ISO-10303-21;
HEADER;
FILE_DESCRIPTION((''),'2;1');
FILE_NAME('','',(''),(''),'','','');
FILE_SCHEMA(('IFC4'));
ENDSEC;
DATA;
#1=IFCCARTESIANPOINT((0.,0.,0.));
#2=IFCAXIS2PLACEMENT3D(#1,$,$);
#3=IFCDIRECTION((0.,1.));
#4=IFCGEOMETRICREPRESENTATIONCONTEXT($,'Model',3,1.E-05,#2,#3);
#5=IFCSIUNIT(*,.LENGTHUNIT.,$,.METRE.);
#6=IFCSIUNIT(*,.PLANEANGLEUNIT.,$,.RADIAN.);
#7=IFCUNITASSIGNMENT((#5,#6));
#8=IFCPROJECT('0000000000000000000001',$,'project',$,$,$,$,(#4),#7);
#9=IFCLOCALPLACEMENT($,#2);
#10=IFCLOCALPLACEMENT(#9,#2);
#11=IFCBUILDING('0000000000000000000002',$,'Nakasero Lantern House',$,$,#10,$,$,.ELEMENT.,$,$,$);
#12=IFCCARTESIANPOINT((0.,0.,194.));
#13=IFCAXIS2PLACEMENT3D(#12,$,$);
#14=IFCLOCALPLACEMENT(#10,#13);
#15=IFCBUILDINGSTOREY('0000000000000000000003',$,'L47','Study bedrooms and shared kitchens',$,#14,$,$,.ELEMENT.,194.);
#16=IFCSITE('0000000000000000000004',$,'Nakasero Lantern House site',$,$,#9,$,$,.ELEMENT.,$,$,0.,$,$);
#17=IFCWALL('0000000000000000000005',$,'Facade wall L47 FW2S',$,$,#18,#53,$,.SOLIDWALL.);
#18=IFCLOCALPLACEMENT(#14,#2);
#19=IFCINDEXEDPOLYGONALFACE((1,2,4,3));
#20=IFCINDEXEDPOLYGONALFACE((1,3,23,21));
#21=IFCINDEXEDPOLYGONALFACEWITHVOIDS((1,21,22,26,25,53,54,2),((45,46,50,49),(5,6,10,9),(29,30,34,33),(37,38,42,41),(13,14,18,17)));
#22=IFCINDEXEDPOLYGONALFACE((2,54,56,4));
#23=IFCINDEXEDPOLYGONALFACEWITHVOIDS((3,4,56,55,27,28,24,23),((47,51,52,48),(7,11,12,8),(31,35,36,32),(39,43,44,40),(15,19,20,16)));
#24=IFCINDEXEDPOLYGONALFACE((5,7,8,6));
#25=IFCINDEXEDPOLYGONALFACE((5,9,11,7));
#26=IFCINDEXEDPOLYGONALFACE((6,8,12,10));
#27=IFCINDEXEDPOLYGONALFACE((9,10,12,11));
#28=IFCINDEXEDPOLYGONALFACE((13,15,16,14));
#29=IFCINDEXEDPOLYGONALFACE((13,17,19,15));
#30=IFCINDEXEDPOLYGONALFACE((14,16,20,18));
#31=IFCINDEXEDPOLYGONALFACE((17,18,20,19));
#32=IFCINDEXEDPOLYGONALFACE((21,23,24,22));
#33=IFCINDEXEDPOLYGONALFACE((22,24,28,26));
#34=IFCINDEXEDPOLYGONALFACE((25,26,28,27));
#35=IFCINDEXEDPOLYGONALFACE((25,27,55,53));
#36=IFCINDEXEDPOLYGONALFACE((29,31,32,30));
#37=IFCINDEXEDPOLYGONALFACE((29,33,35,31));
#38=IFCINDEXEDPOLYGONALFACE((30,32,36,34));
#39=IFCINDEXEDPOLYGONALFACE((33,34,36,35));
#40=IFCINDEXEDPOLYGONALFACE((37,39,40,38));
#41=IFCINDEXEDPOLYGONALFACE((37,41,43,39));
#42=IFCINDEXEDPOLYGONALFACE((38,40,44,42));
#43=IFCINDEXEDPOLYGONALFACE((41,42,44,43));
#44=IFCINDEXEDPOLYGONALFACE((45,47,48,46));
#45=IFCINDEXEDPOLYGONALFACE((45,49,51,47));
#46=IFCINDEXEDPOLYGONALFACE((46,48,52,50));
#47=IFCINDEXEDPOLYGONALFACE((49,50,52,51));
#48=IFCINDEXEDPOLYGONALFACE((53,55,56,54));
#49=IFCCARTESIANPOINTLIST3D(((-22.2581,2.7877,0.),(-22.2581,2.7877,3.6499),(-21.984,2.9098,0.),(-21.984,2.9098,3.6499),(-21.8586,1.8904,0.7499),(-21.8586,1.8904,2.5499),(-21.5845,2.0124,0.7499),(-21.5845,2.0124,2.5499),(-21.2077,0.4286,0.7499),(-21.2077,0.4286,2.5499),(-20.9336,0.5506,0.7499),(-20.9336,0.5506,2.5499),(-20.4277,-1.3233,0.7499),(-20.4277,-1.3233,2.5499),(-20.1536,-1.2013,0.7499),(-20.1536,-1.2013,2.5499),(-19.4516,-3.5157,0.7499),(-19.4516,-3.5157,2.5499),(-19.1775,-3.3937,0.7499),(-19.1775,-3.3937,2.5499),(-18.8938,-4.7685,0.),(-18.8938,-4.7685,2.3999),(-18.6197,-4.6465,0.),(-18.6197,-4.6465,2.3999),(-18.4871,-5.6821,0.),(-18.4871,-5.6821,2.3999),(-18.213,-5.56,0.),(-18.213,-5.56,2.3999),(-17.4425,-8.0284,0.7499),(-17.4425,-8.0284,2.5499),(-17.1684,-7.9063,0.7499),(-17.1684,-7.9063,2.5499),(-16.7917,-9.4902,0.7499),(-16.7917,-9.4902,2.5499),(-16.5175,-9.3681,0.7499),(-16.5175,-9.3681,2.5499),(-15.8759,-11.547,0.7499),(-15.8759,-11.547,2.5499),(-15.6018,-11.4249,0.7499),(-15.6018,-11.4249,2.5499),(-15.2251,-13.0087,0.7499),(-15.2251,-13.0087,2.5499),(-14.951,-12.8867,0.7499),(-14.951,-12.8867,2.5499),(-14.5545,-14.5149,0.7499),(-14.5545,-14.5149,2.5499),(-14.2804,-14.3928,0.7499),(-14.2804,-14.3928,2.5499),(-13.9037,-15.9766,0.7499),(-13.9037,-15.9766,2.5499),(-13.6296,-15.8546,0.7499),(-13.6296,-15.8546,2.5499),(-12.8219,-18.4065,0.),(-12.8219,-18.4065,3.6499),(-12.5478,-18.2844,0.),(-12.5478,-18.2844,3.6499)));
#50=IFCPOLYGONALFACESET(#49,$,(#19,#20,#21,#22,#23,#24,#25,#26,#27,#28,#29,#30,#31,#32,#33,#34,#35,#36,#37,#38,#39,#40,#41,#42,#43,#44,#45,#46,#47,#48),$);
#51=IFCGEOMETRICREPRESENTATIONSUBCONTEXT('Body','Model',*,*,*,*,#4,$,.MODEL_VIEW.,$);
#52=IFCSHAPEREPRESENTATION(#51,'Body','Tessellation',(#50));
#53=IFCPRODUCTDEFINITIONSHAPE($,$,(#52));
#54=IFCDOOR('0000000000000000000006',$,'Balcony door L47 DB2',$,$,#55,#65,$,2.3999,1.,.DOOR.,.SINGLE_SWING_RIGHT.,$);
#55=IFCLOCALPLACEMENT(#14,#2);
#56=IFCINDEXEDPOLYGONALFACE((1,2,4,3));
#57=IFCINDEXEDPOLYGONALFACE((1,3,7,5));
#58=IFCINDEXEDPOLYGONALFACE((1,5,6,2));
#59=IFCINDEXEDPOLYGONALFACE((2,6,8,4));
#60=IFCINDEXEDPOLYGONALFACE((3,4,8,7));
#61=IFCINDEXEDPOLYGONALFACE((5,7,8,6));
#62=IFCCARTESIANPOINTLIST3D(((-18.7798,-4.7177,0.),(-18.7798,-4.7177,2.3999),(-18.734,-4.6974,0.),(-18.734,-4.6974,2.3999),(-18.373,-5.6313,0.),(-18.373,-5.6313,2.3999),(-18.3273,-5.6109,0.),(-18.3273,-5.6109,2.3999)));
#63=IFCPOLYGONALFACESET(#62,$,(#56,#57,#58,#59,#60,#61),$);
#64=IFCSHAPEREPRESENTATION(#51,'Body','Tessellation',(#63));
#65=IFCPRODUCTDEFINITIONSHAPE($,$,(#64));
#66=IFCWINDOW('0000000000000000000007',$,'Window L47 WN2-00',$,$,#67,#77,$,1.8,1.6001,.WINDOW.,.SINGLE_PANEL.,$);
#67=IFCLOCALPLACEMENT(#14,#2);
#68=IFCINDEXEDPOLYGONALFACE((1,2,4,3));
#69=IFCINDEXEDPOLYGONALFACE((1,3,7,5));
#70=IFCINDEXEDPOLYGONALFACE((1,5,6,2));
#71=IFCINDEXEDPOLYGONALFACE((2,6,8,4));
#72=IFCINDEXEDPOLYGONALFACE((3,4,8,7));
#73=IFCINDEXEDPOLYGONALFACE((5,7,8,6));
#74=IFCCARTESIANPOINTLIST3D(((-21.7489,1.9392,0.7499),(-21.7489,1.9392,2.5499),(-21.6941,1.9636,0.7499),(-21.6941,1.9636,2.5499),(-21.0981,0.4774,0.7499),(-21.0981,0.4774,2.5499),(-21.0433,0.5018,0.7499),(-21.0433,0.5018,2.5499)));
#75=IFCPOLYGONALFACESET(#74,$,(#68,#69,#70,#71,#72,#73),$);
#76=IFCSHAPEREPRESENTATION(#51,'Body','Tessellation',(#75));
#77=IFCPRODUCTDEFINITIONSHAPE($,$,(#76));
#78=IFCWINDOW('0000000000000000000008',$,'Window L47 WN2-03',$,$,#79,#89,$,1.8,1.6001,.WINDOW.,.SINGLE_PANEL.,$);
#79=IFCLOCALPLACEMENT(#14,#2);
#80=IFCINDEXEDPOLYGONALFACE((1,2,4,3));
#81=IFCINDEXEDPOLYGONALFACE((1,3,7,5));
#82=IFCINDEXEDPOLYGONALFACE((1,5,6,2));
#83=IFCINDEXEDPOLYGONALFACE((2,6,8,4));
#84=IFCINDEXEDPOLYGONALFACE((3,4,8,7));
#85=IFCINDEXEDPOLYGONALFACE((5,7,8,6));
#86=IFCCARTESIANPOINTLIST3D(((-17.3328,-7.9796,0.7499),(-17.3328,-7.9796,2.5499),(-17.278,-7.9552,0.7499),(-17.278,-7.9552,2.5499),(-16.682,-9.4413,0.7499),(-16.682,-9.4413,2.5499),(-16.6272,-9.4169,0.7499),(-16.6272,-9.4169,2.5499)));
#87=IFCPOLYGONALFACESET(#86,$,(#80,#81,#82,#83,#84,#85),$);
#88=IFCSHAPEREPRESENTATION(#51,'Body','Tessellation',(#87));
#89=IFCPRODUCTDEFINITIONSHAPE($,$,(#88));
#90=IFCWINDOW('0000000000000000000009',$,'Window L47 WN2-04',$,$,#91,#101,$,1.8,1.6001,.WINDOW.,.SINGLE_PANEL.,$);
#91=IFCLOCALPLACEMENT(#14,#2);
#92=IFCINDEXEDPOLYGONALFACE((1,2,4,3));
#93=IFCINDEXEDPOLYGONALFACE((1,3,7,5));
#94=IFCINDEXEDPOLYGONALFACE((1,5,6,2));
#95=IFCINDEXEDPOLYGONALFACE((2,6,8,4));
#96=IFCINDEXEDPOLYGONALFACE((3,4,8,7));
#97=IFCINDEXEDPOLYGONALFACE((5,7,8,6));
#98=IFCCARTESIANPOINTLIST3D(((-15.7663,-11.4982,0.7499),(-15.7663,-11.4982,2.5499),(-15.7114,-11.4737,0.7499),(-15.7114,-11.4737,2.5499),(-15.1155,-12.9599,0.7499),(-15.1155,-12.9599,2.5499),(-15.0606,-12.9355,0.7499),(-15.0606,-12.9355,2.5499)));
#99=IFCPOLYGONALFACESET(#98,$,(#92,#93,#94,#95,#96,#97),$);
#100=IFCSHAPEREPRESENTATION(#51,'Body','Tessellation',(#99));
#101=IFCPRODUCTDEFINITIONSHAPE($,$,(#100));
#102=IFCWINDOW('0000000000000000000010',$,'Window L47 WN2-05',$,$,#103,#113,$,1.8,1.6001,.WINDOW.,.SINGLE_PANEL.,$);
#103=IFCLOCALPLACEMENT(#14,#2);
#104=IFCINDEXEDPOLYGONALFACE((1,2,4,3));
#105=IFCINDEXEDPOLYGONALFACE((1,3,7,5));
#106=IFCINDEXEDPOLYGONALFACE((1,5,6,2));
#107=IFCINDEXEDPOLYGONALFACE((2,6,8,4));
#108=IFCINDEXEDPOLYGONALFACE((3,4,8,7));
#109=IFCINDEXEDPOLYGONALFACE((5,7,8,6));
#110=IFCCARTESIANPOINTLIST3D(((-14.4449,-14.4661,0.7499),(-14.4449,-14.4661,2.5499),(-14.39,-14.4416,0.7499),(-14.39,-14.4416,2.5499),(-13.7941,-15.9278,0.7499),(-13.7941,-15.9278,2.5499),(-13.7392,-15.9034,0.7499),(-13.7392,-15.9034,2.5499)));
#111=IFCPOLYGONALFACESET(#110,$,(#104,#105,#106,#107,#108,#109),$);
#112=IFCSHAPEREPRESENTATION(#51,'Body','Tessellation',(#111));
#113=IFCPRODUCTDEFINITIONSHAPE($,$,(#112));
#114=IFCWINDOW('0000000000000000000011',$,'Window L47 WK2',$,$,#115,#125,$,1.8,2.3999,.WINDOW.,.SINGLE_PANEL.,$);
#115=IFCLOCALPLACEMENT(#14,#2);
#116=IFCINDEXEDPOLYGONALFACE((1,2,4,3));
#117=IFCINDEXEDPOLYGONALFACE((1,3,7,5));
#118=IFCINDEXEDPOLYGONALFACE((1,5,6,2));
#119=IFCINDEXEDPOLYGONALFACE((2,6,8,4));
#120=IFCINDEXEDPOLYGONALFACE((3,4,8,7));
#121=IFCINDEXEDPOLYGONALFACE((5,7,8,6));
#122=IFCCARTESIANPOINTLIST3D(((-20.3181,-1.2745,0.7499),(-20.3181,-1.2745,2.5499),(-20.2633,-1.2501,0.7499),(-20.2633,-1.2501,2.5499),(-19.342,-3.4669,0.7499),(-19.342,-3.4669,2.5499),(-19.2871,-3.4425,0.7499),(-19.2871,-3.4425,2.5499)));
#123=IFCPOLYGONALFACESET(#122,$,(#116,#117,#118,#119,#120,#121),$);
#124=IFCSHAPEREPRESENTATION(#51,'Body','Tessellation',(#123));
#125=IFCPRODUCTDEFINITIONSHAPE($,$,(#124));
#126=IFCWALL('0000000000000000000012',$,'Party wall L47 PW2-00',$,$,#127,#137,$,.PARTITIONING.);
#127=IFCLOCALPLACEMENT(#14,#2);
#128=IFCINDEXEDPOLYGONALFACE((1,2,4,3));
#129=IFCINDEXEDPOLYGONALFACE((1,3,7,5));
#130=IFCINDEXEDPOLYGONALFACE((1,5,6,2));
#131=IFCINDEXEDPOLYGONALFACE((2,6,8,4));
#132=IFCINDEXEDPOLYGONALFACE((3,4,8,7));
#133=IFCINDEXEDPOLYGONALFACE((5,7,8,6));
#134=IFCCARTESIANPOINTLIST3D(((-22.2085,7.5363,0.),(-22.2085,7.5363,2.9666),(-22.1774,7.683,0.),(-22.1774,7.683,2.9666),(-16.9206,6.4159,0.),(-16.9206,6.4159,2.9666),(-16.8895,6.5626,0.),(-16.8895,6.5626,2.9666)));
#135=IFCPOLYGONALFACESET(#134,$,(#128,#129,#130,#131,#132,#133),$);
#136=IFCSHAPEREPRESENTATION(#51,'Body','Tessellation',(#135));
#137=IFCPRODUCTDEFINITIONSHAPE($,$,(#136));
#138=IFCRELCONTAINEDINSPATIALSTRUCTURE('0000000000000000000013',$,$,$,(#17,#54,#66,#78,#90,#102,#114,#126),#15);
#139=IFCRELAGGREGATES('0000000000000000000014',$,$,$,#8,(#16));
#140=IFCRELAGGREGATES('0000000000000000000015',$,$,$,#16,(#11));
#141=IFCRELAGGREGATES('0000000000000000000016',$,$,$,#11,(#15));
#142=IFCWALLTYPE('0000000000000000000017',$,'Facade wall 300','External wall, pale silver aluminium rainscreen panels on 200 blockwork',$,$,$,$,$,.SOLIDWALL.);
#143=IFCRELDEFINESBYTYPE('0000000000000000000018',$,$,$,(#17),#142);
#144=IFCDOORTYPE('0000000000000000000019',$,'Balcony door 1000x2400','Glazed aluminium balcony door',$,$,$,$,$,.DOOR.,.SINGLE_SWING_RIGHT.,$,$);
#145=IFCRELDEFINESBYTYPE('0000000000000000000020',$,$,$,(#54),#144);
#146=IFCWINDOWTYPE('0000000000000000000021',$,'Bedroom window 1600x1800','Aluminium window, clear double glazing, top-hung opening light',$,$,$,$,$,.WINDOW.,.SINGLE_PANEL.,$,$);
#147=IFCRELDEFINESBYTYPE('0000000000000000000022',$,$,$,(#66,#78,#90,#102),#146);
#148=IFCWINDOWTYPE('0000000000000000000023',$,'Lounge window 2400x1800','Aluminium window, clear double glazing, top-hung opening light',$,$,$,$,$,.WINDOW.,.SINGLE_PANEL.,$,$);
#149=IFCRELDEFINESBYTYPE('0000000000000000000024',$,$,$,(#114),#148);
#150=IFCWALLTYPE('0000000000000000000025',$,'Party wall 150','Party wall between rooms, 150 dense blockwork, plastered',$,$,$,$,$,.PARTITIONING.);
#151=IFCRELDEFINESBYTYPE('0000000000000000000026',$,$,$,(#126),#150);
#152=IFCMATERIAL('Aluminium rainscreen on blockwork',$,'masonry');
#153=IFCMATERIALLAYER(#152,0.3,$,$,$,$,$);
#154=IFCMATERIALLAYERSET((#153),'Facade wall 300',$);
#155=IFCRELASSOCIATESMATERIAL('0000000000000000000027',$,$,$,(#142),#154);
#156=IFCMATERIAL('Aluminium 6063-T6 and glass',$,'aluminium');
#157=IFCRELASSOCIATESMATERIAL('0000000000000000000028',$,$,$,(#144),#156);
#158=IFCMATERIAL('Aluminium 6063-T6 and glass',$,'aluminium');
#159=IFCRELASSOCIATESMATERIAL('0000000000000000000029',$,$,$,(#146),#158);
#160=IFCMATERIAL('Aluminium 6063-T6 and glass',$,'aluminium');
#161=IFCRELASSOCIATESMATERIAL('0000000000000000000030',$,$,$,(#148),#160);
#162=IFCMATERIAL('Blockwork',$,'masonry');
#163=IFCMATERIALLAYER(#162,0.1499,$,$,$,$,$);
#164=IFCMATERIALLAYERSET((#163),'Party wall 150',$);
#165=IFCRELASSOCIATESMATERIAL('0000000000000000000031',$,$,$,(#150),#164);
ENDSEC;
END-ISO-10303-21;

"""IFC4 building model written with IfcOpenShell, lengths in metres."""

from ifc_helpers import new_model, si_unit, direction, frame, frame_2d, origin, place, context, subcontext, project, spatial, rectangle, extrude, material, layer, layer_set, type_object, element, fill, save


model = new_model("IFC4")

# Units and contexts
model_context = context("Model", 3, precision=1e-05, world=origin(), true_north=direction((0.0, 1.0)))
body_context = subcontext(model_context, "Body", "Model", "MODEL_VIEW")
ifc_project = project(units=[si_unit("LENGTHUNIT", "METRE"), si_unit("PLANEANGLEUNIT", "RADIAN")], contexts=[model_context])

# Site, building, storey
site_placement = place(None, origin())
site = spatial("IfcSite", under=ifc_project, at=site_placement, Name="Nakasero Lantern House site", CompositionType="ELEMENT", RefElevation=0.0)
building_placement = place(site_placement, origin())
building = spatial("IfcBuilding", under=site, at=building_placement, Name="Nakasero Lantern House", CompositionType="ELEMENT")
storey_placement = place(building_placement, frame((0.0, 0.0, 194.0)))
storey = spatial("IfcBuildingStorey", under=building, at=storey_placement, Name="L47", Description="Study bedrooms and shared kitchens", CompositionType="ELEMENT", Elevation=194.0)

# Shared definitions
ifc_material_1 = material(Name="Aluminium rainscreen on blockwork", Category="masonry")
ifc_layer_1 = layer(ifc_material_1, 0.3)
ifc_layer_set_1 = layer_set([ifc_layer_1], Name="Facade wall 300")
wall_type_1 = type_object("IfcWallType", Name="Facade wall 300", Description="External wall, pale silver aluminium rainscreen panels on 200 blockwork", PredefinedType="SOLIDWALL", material=ifc_layer_set_1)

# Wall, openings, door, windows
wall_1_placement = place(storey_placement, frame((-22.1211, 2.8489, 0.0), z_axis=(0.0, 0.0, 1.0), x_axis=(0.406735, -0.913546, 0.0)))
wall_1 = element("IfcWall", 1, at=wall_1_placement, inside=storey, type_object=wall_type_1, Name="Facade wall L47 FW2S", PredefinedType="SOLIDWALL", context=body_context, shape_type="SweptSolid", body=[
    extrude(rectangle(XDim=23.2, YDim=0.3, at=frame_2d((11.6001, 0.0))), origin(), (0.0, 0.0, 1.0), 3.6499),
])
opening_1_placement = place(wall_1_placement, frame((0.9824, 0.0, 0.75)))
opening_1 = element("IfcOpeningElement", 2, at=opening_1_placement, cuts=wall_1, PredefinedType="OPENING", context=body_context, shape_type="SweptSolid", body=[
    extrude(rectangle(XDim=1.6001, YDim=1.8, at=frame_2d((0.8, 0.8999))), frame((0.0, 0.1699, 0.0), z_axis=(0.0, -1.0, 0.0), x_axis=(1.0, 0.0, 0.0)), (0.0, 0.0, 1.0), 0.3401),
])
opening_2_placement = place(wall_1_placement, frame((11.8398, 0.0, 0.75)))
opening_2 = element("IfcOpeningElement", 3, at=opening_2_placement, cuts=wall_1, PredefinedType="OPENING", context=body_context, shape_type="SweptSolid", body=[
    extrude(rectangle(XDim=1.6001, YDim=1.8, at=frame_2d((0.8, 0.8999))), frame((0.0, 0.1699, 0.0), z_axis=(0.0, -1.0, 0.0), x_axis=(1.0, 0.0, 0.0)), (0.0, 0.0, 1.0), 0.3401),
])
opening_3_placement = place(wall_1_placement, frame((15.6914, 0.0, 0.75)))
opening_3 = element("IfcOpeningElement", 4, at=opening_3_placement, cuts=wall_1, PredefinedType="OPENING", context=body_context, shape_type="SweptSolid", body=[
    extrude(rectangle(XDim=1.6001, YDim=1.8, at=frame_2d((0.8, 0.8999))), frame((0.0, 0.1699, 0.0), z_axis=(0.0, -1.0, 0.0), x_axis=(1.0, 0.0, 0.0)), (0.0, 0.0, 1.0), 0.3401),
])
opening_4_placement = place(wall_1_placement, frame((18.9402, 0.0, 0.75)))
opening_4 = element("IfcOpeningElement", 5, at=opening_4_placement, cuts=wall_1, PredefinedType="OPENING", context=body_context, shape_type="SweptSolid", body=[
    extrude(rectangle(XDim=1.6001, YDim=1.8, at=frame_2d((0.8, 0.8999))), frame((0.0, 0.1699, 0.0), z_axis=(0.0, -1.0, 0.0), x_axis=(1.0, 0.0, 0.0)), (0.0, 0.0, 1.0), 0.3401),
])
opening_5_placement = place(wall_1_placement, frame((4.5002, 0.0, 0.75)))
opening_5 = element("IfcOpeningElement", 6, at=opening_5_placement, cuts=wall_1, PredefinedType="OPENING", context=body_context, shape_type="SweptSolid", body=[
    extrude(rectangle(XDim=2.3999, YDim=1.8, at=frame_2d((1.2, 0.8999))), frame((0.0, 0.1699, 0.0), z_axis=(0.0, -1.0, 0.0), x_axis=(1.0, 0.0, 0.0)), (0.0, 0.0, 1.0), 0.3401),
])
opening_6_placement = place(wall_1_placement, frame((8.2715, 0.0, 0.0)))
opening_6 = element("IfcOpeningElement", 7, at=opening_6_placement, cuts=wall_1, PredefinedType="OPENING", context=body_context, shape_type="SweptSolid", body=[
    extrude(rectangle(XDim=1.0, YDim=2.3999, at=frame_2d((0.5, 1.2))), frame((0.0, 0.1699, 0.0), z_axis=(0.0, -1.0, 0.0), x_axis=(1.0, 0.0, 0.0)), (0.0, 0.0, 1.0), 0.3401),
])
ifc_material_2 = material(Name="Aluminium 6063-T6 and glass", Category="aluminium")
door_type_1 = type_object("IfcDoorType", Name="Balcony door 1000x2400", Description="Glazed aluminium balcony door", OperationType="SINGLE_SWING_RIGHT", PredefinedType="DOOR", material=ifc_material_2)
door_1_placement = place(opening_6_placement, origin())
door_1 = element("IfcDoor", 8, at=door_1_placement, inside=storey, type_object=door_type_1, Name="Balcony door L47 DB2", OperationType="SINGLE_SWING_RIGHT", OverallHeight=2.3999, OverallWidth=1.0, PredefinedType="DOOR", context=body_context, shape_type="SweptSolid", body=[
    extrude(rectangle(XDim=1.0, YDim=2.3999, at=frame_2d((0.5, 1.2))), frame((0.0, 0.0249, 0.0), z_axis=(0.0, -1.0, 0.0), x_axis=(1.0, 0.0, 0.0)), (0.0, 0.0, 1.0), 0.05),
])
fill(opening_6, door_1)
ifc_material_3 = material(Name="Aluminium 6063-T6 and glass", Category="aluminium")
window_type_1 = type_object("IfcWindowType", Name="Bedroom window 1600x1800", Description="Aluminium window, clear double glazing, top-hung opening light", PartitioningType="SINGLE_PANEL", PredefinedType="WINDOW", material=ifc_material_3)
window_1_placement = place(opening_1_placement, origin())
window_1 = element("IfcWindow", 9, at=window_1_placement, inside=storey, type_object=window_type_1, Name="Window L47 WN2-00", OverallHeight=1.8, OverallWidth=1.6001, PartitioningType="SINGLE_PANEL", PredefinedType="WINDOW", context=body_context, shape_type="SweptSolid", body=[
    extrude(rectangle(XDim=1.6001, YDim=1.8, at=frame_2d((0.8, 0.8999))), frame((0.0, 0.03, 0.0), z_axis=(0.0, -1.0, 0.0), x_axis=(1.0, 0.0, 0.0)), (0.0, 0.0, 1.0), 0.0601),
])
fill(opening_1, window_1)
window_2_placement = place(opening_2_placement, origin())
window_2 = element("IfcWindow", 10, at=window_2_placement, inside=storey, type_object=window_type_1, Name="Window L47 WN2-03", OverallHeight=1.8, OverallWidth=1.6001, PartitioningType="SINGLE_PANEL", PredefinedType="WINDOW", context=body_context, shape_type="SweptSolid", body=[
    extrude(rectangle(XDim=1.6001, YDim=1.8, at=frame_2d((0.8, 0.8999))), frame((0.0, 0.03, 0.0), z_axis=(0.0, -1.0, 0.0), x_axis=(1.0, 0.0, 0.0)), (0.0, 0.0, 1.0), 0.0601),
])
fill(opening_2, window_2)
window_3_placement = place(opening_3_placement, origin())
window_3 = element("IfcWindow", 11, at=window_3_placement, inside=storey, type_object=window_type_1, Name="Window L47 WN2-04", OverallHeight=1.8, OverallWidth=1.6001, PartitioningType="SINGLE_PANEL", PredefinedType="WINDOW", context=body_context, shape_type="SweptSolid", body=[
    extrude(rectangle(XDim=1.6001, YDim=1.8, at=frame_2d((0.8, 0.8999))), frame((0.0, 0.03, 0.0), z_axis=(0.0, -1.0, 0.0), x_axis=(1.0, 0.0, 0.0)), (0.0, 0.0, 1.0), 0.0601),
])
fill(opening_3, window_3)
window_4_placement = place(opening_4_placement, origin())
window_4 = element("IfcWindow", 12, at=window_4_placement, inside=storey, type_object=window_type_1, Name="Window L47 WN2-05", OverallHeight=1.8, OverallWidth=1.6001, PartitioningType="SINGLE_PANEL", PredefinedType="WINDOW", context=body_context, shape_type="SweptSolid", body=[
    extrude(rectangle(XDim=1.6001, YDim=1.8, at=frame_2d((0.8, 0.8999))), frame((0.0, 0.03, 0.0), z_axis=(0.0, -1.0, 0.0), x_axis=(1.0, 0.0, 0.0)), (0.0, 0.0, 1.0), 0.0601),
])
fill(opening_4, window_4)
ifc_material_4 = material(Name="Aluminium 6063-T6 and glass", Category="aluminium")
window_type_2 = type_object("IfcWindowType", Name="Lounge window 2400x1800", Description="Aluminium window, clear double glazing, top-hung opening light", PartitioningType="SINGLE_PANEL", PredefinedType="WINDOW", material=ifc_material_4)
window_5_placement = place(opening_5_placement, origin())
window_5 = element("IfcWindow", 13, at=window_5_placement, inside=storey, type_object=window_type_2, Name="Window L47 WK2", OverallHeight=1.8, OverallWidth=2.3999, PartitioningType="SINGLE_PANEL", PredefinedType="WINDOW", context=body_context, shape_type="SweptSolid", body=[
    extrude(rectangle(XDim=2.3999, YDim=1.8, at=frame_2d((1.2, 0.8999))), frame((0.0, 0.03, 0.0), z_axis=(0.0, -1.0, 0.0), x_axis=(1.0, 0.0, 0.0)), (0.0, 0.0, 1.0), 0.0601),
])
fill(opening_5, window_5)

# Wall
ifc_material_5 = material(Name="Blockwork", Category="masonry")
ifc_layer_2 = layer(ifc_material_5, 0.1499)
ifc_layer_set_2 = layer_set([ifc_layer_2], Name="Party wall 150")
wall_type_2 = type_object("IfcWallType", Name="Party wall 150", Description="Party wall between rooms, 150 dense blockwork, plastered", PredefinedType="PARTITIONING", material=ifc_layer_set_2)
wall_2_placement = place(storey_placement, frame((-16.905, 6.4893, 0.0), z_axis=(0.0, 0.0, 1.0), x_axis=(-0.978283, 0.207274, 0.0)))
element("IfcWall", 14, at=wall_2_placement, inside=storey, type_object=wall_type_2, Name="Party wall L47 PW2-00", PredefinedType="PARTITIONING", context=body_context, shape_type="SweptSolid", body=[
    extrude(rectangle(XDim=5.4053, YDim=0.1499, at=frame_2d((2.7026, 0.0))), origin(), (0.0, 0.0, 1.0), 2.9666),
])

save(model, "model.ifc")
